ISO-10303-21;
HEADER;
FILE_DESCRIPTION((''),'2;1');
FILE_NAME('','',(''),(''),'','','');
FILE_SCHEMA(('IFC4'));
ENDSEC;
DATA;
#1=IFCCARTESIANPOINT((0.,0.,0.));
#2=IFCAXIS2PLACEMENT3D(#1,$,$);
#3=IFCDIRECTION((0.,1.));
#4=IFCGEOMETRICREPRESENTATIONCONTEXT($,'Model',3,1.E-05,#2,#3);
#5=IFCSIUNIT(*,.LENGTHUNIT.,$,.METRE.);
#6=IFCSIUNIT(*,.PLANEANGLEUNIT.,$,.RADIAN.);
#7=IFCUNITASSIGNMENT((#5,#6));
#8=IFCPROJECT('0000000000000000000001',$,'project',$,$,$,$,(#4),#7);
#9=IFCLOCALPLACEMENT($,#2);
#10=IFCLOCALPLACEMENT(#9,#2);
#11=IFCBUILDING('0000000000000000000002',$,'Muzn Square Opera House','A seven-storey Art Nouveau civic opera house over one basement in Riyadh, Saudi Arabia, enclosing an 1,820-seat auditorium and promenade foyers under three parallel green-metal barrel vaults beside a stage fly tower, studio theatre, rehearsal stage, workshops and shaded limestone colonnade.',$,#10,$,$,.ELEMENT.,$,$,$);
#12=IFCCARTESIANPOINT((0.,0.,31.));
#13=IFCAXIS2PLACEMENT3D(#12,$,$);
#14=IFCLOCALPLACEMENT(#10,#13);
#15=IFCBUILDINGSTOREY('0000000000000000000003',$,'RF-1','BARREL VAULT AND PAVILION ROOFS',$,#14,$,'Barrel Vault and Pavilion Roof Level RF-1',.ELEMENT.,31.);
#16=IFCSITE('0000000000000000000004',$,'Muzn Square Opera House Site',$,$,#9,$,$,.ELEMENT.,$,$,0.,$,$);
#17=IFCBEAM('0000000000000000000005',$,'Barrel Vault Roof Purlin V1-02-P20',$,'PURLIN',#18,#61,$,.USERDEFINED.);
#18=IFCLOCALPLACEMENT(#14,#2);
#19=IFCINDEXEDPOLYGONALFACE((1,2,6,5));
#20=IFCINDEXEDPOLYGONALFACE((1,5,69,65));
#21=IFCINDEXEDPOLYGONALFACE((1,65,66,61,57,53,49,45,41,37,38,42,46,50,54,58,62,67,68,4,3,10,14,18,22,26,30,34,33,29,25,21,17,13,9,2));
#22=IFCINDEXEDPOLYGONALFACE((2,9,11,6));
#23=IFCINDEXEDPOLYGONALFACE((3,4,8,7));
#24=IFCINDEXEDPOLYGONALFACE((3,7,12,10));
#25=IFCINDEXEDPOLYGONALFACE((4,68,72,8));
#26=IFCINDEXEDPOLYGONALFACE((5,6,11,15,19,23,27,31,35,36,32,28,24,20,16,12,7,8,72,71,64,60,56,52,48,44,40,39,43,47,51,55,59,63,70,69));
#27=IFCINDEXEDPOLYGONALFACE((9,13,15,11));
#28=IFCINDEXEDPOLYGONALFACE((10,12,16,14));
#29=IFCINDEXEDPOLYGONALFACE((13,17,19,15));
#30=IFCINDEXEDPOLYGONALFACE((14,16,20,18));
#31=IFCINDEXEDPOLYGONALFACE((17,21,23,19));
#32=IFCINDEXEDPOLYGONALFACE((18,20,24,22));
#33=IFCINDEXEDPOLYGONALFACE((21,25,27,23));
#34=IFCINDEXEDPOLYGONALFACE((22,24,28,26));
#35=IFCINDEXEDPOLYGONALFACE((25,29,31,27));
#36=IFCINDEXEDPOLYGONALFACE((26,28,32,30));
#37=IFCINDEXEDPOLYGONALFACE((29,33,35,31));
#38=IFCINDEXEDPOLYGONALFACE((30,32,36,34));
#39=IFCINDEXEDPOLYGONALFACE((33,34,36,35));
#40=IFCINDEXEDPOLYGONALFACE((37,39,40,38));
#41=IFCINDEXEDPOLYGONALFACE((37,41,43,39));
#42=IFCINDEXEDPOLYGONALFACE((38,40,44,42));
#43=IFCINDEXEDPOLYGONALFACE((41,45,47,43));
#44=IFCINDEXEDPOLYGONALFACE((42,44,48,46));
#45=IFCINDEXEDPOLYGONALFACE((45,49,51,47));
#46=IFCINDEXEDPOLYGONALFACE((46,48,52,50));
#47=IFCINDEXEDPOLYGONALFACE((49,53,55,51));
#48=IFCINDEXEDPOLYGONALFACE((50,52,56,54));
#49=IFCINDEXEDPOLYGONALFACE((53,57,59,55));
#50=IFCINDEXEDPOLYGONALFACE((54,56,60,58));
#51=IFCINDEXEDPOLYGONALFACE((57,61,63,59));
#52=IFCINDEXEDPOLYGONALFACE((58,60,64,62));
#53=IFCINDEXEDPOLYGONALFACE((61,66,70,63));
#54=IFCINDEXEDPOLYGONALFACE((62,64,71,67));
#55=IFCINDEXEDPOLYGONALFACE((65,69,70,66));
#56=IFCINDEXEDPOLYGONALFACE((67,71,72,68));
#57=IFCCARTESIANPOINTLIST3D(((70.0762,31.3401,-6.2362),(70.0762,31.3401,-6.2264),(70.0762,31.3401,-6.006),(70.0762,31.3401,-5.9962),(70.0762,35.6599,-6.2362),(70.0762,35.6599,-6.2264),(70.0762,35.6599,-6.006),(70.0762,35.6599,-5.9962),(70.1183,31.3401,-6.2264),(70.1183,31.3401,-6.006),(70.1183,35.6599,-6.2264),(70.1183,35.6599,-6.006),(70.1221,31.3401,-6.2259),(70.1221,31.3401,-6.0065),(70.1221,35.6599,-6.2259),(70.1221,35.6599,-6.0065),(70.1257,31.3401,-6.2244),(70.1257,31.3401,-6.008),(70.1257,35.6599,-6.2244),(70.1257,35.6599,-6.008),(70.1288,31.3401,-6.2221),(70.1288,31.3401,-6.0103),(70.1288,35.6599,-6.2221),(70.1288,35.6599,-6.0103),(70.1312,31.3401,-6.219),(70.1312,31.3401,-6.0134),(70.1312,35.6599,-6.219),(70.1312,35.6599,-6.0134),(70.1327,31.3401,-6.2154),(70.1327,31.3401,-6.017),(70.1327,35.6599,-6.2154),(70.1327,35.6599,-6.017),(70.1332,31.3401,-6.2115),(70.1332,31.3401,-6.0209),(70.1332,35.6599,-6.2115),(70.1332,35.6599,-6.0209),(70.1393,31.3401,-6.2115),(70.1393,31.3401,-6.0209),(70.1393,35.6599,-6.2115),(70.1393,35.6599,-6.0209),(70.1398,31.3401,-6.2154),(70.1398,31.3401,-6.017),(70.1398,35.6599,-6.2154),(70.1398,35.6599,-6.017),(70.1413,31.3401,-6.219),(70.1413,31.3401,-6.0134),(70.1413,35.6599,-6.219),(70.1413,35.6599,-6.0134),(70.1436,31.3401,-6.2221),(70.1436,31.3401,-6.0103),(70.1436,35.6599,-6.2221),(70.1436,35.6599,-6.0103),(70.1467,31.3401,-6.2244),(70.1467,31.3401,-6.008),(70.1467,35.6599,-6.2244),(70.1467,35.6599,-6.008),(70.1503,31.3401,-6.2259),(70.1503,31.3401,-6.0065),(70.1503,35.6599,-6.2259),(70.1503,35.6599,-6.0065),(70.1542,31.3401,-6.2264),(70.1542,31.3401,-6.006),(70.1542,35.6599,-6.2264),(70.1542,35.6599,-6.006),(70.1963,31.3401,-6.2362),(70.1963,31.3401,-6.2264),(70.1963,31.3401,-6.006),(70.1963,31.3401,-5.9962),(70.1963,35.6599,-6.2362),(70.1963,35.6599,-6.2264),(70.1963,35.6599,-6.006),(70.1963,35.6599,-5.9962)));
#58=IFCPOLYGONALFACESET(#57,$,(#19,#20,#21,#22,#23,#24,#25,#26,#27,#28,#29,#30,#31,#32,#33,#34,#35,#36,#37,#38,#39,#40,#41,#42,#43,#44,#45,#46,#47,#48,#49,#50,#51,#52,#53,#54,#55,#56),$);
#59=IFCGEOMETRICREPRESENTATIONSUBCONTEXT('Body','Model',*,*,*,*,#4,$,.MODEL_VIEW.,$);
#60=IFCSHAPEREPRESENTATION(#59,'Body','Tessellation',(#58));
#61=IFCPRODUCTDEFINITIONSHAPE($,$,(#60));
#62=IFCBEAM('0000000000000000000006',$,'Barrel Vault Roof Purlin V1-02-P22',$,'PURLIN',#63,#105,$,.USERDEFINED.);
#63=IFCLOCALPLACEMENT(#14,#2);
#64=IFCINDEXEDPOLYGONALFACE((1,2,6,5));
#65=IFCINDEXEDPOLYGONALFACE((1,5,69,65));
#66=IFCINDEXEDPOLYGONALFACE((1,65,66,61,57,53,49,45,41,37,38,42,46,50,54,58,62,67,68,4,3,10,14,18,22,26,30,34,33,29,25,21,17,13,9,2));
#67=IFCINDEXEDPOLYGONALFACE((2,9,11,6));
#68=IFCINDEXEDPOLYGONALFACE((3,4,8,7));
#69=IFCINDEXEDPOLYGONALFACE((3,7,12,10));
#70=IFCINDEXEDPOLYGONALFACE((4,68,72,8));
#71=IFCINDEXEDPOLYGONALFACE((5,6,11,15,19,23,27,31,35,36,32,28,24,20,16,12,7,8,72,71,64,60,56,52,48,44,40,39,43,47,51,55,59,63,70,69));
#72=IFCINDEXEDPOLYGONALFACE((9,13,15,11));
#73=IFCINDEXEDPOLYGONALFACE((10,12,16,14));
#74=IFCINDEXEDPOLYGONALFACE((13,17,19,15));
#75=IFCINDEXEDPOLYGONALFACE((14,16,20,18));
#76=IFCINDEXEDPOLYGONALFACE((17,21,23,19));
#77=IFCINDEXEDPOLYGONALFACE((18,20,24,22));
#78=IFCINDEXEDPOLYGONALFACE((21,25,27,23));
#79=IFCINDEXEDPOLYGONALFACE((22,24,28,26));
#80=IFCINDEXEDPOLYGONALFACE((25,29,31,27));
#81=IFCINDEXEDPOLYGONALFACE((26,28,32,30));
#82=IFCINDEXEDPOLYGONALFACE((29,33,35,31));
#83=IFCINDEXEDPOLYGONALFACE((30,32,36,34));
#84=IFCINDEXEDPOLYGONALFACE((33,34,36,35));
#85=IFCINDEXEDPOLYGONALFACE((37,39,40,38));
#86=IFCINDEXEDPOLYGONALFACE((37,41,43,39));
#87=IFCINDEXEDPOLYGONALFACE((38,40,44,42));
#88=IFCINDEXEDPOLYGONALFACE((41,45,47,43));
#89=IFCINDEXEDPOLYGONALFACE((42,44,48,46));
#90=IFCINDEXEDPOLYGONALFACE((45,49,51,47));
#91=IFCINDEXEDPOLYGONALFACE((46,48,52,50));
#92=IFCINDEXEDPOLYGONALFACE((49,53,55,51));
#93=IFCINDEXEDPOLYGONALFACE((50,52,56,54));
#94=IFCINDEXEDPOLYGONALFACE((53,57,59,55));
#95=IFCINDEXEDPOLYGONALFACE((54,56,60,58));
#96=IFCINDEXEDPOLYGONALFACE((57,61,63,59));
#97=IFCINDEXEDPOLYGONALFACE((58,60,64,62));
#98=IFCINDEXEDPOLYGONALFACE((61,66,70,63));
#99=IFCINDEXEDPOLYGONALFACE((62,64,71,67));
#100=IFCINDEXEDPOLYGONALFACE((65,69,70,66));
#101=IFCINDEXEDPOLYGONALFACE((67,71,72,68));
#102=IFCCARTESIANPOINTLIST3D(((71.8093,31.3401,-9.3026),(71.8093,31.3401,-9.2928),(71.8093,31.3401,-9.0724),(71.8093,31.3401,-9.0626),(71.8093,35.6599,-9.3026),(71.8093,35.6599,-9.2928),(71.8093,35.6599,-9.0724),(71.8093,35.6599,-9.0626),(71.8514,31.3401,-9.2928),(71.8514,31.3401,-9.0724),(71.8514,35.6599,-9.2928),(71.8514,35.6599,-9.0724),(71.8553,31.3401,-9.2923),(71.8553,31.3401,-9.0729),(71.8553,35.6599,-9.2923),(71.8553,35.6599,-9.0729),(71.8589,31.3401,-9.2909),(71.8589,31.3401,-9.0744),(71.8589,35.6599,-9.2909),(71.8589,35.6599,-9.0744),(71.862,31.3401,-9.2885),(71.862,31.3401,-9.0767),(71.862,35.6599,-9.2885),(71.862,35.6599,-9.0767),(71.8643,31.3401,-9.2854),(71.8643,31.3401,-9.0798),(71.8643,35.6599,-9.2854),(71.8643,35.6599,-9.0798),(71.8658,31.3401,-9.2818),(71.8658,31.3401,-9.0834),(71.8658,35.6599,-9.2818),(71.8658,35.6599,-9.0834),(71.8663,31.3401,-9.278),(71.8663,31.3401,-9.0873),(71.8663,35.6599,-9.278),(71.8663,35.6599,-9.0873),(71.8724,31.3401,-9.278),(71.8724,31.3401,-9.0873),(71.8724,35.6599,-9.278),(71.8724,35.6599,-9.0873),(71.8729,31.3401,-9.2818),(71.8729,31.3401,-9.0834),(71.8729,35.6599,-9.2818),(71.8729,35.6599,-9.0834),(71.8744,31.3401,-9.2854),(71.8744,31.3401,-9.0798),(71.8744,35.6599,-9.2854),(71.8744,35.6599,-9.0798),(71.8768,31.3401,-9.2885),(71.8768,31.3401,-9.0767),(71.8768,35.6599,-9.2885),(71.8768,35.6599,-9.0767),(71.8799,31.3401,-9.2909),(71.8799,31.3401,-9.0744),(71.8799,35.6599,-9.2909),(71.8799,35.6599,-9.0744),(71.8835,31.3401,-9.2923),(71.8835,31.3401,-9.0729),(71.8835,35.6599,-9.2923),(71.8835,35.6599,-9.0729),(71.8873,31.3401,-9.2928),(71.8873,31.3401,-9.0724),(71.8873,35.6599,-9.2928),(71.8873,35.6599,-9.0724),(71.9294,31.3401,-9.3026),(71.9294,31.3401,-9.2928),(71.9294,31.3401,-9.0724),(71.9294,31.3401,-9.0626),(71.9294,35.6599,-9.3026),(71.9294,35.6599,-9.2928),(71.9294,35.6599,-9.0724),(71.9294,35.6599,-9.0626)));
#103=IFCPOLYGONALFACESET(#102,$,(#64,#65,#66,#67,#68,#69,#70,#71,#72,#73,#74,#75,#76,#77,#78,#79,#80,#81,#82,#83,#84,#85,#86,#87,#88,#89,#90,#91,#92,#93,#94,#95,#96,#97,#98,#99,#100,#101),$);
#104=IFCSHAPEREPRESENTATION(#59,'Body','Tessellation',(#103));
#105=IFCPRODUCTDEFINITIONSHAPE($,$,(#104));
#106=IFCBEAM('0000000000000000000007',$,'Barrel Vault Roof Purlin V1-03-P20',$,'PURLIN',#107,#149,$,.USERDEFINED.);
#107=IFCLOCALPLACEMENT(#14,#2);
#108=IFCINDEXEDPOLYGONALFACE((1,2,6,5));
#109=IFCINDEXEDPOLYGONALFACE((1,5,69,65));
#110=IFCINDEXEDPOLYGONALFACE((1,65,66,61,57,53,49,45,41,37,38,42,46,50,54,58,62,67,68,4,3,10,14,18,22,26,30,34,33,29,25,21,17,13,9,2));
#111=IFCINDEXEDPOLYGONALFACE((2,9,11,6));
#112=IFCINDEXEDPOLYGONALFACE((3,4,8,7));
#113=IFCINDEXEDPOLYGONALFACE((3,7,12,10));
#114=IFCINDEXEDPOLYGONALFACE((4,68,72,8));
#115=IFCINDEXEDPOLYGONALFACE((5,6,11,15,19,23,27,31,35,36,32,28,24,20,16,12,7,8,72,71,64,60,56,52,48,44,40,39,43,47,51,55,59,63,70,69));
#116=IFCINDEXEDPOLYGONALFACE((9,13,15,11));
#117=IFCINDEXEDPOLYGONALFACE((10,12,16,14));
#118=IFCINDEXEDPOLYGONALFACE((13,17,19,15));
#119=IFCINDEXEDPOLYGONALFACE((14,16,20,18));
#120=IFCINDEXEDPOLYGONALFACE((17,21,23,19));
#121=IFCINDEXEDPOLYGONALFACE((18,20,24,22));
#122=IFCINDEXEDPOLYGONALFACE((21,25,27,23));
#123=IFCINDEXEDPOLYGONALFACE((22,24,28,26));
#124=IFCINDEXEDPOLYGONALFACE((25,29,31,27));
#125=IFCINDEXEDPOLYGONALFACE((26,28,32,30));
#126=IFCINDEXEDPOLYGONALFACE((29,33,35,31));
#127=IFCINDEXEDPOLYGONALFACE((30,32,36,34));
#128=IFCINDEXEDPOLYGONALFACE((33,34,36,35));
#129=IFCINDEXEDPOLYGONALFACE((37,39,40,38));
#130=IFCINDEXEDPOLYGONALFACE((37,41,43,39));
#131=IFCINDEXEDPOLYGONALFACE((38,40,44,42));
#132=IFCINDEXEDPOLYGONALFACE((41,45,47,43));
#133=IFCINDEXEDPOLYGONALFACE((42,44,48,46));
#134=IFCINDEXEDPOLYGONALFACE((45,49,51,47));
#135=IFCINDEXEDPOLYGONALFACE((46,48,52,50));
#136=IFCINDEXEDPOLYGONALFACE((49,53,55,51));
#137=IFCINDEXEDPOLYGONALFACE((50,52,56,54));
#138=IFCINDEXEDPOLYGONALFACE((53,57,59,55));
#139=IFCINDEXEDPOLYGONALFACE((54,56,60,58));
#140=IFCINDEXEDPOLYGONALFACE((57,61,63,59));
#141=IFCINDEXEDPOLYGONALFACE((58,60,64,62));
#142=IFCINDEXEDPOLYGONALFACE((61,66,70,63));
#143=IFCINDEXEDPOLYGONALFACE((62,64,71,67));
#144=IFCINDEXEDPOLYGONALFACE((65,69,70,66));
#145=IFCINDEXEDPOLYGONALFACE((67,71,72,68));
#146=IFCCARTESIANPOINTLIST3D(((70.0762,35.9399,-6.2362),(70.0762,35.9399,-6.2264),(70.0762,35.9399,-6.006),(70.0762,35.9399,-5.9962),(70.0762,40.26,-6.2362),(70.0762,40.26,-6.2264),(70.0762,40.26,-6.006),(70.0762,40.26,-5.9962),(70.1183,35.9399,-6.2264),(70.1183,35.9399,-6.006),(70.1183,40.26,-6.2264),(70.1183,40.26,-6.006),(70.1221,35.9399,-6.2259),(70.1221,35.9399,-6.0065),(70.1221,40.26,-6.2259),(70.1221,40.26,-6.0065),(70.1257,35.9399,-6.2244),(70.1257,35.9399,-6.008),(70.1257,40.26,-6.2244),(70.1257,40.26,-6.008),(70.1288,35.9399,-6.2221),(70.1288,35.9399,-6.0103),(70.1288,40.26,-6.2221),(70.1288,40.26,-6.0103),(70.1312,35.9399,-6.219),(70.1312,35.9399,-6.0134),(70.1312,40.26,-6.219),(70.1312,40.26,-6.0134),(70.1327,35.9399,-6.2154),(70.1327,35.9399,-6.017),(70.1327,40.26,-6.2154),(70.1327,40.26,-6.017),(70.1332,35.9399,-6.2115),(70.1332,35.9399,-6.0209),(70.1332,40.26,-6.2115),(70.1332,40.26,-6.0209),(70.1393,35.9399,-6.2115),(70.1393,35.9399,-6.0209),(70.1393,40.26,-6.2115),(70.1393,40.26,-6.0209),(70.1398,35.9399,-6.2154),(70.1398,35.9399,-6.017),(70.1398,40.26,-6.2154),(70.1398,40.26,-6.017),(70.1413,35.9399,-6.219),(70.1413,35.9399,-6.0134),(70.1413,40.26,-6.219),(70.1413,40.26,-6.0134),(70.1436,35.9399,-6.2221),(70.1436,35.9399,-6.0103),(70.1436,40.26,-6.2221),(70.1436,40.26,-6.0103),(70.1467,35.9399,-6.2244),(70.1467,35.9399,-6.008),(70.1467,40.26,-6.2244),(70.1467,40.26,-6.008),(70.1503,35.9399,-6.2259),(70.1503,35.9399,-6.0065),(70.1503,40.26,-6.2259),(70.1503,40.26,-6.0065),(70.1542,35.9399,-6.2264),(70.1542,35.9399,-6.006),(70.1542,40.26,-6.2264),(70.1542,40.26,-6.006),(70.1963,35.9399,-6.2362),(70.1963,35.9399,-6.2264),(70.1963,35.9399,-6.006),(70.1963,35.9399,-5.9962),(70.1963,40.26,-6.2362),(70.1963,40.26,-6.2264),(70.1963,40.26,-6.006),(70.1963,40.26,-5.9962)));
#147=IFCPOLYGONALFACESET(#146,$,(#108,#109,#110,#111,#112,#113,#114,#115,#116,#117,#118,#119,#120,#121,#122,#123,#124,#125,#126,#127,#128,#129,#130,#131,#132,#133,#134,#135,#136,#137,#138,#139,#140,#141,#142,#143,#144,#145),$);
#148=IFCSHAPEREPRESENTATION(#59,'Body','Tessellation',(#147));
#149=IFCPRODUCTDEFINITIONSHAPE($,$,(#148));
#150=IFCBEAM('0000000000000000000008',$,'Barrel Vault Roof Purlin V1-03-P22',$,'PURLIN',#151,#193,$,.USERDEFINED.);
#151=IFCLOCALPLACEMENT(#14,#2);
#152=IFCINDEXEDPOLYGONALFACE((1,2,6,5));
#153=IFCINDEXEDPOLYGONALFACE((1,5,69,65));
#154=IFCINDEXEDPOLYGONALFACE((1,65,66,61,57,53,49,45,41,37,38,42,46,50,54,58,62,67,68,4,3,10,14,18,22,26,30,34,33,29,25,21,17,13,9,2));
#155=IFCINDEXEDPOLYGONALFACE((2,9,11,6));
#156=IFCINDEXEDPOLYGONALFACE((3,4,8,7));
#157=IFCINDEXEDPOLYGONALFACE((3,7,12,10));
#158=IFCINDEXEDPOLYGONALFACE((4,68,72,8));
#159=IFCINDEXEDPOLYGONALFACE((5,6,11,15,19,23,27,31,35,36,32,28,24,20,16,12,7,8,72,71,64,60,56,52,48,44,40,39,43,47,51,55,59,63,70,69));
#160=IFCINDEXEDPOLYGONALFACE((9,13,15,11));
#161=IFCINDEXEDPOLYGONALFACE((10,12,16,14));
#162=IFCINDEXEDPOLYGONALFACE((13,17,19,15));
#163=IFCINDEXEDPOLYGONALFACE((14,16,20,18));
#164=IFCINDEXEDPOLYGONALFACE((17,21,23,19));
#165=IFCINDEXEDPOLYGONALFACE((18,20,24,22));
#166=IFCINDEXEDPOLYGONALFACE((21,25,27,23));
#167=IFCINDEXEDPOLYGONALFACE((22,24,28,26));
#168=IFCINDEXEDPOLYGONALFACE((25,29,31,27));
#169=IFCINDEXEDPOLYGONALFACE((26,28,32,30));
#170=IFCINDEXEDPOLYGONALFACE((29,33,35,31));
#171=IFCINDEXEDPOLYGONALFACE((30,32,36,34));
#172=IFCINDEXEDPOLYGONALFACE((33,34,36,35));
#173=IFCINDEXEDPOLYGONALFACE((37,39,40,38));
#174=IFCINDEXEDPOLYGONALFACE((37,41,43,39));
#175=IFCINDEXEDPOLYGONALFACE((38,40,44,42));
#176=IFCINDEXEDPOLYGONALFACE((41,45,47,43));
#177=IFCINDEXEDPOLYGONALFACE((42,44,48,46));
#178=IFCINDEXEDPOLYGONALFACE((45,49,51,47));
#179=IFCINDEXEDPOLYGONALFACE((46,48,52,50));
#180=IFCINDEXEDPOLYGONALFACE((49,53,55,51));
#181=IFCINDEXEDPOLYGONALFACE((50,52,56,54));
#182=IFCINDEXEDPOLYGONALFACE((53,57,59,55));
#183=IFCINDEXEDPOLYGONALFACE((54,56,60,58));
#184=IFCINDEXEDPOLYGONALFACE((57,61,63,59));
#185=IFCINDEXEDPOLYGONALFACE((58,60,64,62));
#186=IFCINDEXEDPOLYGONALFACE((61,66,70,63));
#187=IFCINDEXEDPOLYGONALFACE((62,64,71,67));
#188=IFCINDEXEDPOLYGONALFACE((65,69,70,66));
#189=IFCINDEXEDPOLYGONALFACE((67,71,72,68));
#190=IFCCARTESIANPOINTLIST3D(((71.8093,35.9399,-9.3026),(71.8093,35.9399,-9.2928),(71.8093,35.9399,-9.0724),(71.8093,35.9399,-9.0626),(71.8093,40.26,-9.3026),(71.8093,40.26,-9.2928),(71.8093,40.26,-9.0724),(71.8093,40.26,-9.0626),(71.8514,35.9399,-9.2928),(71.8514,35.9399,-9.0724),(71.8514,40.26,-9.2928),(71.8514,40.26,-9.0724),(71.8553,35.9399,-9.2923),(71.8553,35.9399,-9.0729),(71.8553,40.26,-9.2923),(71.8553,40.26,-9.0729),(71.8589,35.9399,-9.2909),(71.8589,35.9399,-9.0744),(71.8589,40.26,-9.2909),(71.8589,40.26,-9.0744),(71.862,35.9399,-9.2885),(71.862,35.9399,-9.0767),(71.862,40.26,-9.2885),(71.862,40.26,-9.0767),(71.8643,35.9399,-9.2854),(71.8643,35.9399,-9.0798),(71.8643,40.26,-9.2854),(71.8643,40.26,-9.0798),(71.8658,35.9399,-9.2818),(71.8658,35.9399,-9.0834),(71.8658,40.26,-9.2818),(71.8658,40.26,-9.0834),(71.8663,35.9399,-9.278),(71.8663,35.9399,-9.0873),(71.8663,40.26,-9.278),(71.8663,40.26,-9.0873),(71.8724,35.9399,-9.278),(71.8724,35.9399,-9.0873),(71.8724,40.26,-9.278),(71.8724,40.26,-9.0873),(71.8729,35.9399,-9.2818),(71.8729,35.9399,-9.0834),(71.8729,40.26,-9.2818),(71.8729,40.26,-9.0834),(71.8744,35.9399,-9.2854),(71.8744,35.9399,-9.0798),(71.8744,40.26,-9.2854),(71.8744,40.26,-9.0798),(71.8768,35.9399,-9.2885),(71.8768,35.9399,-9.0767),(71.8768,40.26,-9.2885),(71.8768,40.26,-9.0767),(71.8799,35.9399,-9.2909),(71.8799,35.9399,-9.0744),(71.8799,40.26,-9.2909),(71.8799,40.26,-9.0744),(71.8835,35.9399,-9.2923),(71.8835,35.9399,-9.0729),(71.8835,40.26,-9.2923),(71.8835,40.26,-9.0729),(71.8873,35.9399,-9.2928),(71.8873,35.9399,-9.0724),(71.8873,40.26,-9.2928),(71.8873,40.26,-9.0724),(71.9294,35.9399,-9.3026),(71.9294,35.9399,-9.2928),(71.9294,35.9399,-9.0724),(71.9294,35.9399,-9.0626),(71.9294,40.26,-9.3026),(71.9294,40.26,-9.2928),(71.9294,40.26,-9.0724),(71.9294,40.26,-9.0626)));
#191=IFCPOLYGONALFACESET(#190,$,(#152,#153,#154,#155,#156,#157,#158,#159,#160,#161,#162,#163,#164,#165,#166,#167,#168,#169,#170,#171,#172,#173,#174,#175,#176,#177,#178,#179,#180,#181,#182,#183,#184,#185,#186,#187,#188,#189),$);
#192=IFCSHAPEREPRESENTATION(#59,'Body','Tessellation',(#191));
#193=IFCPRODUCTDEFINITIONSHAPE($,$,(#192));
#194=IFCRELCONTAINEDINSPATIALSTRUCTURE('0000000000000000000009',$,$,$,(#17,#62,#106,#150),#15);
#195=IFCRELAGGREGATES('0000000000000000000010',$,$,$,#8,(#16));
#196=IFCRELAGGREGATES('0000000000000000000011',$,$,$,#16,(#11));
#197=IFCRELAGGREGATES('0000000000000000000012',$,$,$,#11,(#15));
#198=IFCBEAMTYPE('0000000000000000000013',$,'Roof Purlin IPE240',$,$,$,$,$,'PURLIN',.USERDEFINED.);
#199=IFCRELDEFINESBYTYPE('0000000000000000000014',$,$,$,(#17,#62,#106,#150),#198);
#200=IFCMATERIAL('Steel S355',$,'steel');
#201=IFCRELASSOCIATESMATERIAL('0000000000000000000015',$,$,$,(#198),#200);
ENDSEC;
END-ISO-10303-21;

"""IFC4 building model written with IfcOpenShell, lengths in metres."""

from ifc_helpers import new_model, si_unit, direction, frame, origin, origin_2d, place, context, subcontext, project, spatial, i_section, extrude, material, material_profile, profile_set, type_object, element, save


model = new_model("IFC4")

# Units and contexts
model_context = context("Model", 3, precision=1e-05, world=origin(), true_north=direction((0.0, 1.0)))
body_context = subcontext(model_context, "Body", "Model", "MODEL_VIEW")
ifc_project = project(units=[si_unit("LENGTHUNIT", "METRE"), si_unit("PLANEANGLEUNIT", "RADIAN")], contexts=[model_context])

# Site, building, storey
site_placement = place(None, origin())
site = spatial("IfcSite", under=ifc_project, at=site_placement, Name="Muzn Square Opera House Site", CompositionType="ELEMENT", RefElevation=0.0)
building_placement = place(site_placement, origin())
building = spatial("IfcBuilding", under=site, at=building_placement, Name="Muzn Square Opera House", Description="A seven-storey Art Nouveau civic opera house over one basement in Riyadh, Saudi Arabia, enclosing an 1,820-seat auditorium and promenade foyers under three parallel green-metal barrel vaults beside a stage fly tower, studio theatre, rehearsal stage, workshops and shaded limestone colonnade.", CompositionType="ELEMENT")
storey_placement = place(building_placement, frame((0.0, 0.0, 31.0)))
storey = spatial("IfcBuildingStorey", under=building, at=storey_placement, Name="RF-1", Description="BARREL VAULT AND PAVILION ROOFS", LongName="Barrel Vault and Pavilion Roof Level RF-1", CompositionType="ELEMENT", Elevation=31.0)

# Beams
ifc_material_1 = material(Name="Steel S355", Category="steel")
ifc_material_profile_1 = material_profile(ifc_material_1, i_section(OverallWidth=0.1201, OverallDepth=0.24, WebThickness=0.0061, FlangeThickness=0.0098, FilletRadius=0.0149, at=origin_2d()), Name="IPE 240", Category="steel")
ifc_profile_set_1 = profile_set([ifc_material_profile_1], Name="Steel S355")
beam_type_1 = type_object("IfcBeamType", Name="Roof Purlin IPE240", ElementType="PURLIN", PredefinedType="USERDEFINED", material=ifc_profile_set_1)
for number, where, z_axis, x_axis, name in (
    (1, (70.1362, 31.3401, -6.1162), (0.0, 1.0, 0.0), (-1.0, 0.0, 0.0), "Barrel Vault Roof Purlin V1-02-P20"),
    (2, (71.8694, 31.3401, -9.1826), (0.0, 1.0, 0.0), (-1.0, 0.0, 0.0), "Barrel Vault Roof Purlin V1-02-P22"),
):
    element("IfcBeam", number, at=place(storey_placement, frame(where, z_axis=z_axis, x_axis=x_axis)), inside=storey, type_object=beam_type_1, Name=name, ObjectType="PURLIN", PredefinedType="USERDEFINED", context=body_context, shape_type="SweptSolid", body=[
        extrude(i_section(OverallWidth=0.1201, OverallDepth=0.24, WebThickness=0.0061, FlangeThickness=0.0098, FilletRadius=0.0149, at=origin_2d()), origin(), (0.0, 0.0, 1.0), 4.3198),
    ])
for number, where, z_axis, x_axis, name in (
    (3, (70.1362, 35.9399, -6.1162), (0.0, 1.0, 0.0), (-1.0, 0.0, 0.0), "Barrel Vault Roof Purlin V1-03-P20"),
    (4, (71.8694, 35.9399, -9.1826), (0.0, 1.0, 0.0), (-1.0, 0.0, 0.0), "Barrel Vault Roof Purlin V1-03-P22"),
):
    element("IfcBeam", number, at=place(storey_placement, frame(where, z_axis=z_axis, x_axis=x_axis)), inside=storey, type_object=beam_type_1, Name=name, ObjectType="PURLIN", PredefinedType="USERDEFINED", context=body_context, shape_type="SweptSolid", body=[
        extrude(i_section(OverallWidth=0.1201, OverallDepth=0.24, WebThickness=0.0061, FlangeThickness=0.0098, FilletRadius=0.0149, at=origin_2d()), origin(), (0.0, 0.0, 1.0), 4.3201),
    ])

save(model, "model.ifc")
